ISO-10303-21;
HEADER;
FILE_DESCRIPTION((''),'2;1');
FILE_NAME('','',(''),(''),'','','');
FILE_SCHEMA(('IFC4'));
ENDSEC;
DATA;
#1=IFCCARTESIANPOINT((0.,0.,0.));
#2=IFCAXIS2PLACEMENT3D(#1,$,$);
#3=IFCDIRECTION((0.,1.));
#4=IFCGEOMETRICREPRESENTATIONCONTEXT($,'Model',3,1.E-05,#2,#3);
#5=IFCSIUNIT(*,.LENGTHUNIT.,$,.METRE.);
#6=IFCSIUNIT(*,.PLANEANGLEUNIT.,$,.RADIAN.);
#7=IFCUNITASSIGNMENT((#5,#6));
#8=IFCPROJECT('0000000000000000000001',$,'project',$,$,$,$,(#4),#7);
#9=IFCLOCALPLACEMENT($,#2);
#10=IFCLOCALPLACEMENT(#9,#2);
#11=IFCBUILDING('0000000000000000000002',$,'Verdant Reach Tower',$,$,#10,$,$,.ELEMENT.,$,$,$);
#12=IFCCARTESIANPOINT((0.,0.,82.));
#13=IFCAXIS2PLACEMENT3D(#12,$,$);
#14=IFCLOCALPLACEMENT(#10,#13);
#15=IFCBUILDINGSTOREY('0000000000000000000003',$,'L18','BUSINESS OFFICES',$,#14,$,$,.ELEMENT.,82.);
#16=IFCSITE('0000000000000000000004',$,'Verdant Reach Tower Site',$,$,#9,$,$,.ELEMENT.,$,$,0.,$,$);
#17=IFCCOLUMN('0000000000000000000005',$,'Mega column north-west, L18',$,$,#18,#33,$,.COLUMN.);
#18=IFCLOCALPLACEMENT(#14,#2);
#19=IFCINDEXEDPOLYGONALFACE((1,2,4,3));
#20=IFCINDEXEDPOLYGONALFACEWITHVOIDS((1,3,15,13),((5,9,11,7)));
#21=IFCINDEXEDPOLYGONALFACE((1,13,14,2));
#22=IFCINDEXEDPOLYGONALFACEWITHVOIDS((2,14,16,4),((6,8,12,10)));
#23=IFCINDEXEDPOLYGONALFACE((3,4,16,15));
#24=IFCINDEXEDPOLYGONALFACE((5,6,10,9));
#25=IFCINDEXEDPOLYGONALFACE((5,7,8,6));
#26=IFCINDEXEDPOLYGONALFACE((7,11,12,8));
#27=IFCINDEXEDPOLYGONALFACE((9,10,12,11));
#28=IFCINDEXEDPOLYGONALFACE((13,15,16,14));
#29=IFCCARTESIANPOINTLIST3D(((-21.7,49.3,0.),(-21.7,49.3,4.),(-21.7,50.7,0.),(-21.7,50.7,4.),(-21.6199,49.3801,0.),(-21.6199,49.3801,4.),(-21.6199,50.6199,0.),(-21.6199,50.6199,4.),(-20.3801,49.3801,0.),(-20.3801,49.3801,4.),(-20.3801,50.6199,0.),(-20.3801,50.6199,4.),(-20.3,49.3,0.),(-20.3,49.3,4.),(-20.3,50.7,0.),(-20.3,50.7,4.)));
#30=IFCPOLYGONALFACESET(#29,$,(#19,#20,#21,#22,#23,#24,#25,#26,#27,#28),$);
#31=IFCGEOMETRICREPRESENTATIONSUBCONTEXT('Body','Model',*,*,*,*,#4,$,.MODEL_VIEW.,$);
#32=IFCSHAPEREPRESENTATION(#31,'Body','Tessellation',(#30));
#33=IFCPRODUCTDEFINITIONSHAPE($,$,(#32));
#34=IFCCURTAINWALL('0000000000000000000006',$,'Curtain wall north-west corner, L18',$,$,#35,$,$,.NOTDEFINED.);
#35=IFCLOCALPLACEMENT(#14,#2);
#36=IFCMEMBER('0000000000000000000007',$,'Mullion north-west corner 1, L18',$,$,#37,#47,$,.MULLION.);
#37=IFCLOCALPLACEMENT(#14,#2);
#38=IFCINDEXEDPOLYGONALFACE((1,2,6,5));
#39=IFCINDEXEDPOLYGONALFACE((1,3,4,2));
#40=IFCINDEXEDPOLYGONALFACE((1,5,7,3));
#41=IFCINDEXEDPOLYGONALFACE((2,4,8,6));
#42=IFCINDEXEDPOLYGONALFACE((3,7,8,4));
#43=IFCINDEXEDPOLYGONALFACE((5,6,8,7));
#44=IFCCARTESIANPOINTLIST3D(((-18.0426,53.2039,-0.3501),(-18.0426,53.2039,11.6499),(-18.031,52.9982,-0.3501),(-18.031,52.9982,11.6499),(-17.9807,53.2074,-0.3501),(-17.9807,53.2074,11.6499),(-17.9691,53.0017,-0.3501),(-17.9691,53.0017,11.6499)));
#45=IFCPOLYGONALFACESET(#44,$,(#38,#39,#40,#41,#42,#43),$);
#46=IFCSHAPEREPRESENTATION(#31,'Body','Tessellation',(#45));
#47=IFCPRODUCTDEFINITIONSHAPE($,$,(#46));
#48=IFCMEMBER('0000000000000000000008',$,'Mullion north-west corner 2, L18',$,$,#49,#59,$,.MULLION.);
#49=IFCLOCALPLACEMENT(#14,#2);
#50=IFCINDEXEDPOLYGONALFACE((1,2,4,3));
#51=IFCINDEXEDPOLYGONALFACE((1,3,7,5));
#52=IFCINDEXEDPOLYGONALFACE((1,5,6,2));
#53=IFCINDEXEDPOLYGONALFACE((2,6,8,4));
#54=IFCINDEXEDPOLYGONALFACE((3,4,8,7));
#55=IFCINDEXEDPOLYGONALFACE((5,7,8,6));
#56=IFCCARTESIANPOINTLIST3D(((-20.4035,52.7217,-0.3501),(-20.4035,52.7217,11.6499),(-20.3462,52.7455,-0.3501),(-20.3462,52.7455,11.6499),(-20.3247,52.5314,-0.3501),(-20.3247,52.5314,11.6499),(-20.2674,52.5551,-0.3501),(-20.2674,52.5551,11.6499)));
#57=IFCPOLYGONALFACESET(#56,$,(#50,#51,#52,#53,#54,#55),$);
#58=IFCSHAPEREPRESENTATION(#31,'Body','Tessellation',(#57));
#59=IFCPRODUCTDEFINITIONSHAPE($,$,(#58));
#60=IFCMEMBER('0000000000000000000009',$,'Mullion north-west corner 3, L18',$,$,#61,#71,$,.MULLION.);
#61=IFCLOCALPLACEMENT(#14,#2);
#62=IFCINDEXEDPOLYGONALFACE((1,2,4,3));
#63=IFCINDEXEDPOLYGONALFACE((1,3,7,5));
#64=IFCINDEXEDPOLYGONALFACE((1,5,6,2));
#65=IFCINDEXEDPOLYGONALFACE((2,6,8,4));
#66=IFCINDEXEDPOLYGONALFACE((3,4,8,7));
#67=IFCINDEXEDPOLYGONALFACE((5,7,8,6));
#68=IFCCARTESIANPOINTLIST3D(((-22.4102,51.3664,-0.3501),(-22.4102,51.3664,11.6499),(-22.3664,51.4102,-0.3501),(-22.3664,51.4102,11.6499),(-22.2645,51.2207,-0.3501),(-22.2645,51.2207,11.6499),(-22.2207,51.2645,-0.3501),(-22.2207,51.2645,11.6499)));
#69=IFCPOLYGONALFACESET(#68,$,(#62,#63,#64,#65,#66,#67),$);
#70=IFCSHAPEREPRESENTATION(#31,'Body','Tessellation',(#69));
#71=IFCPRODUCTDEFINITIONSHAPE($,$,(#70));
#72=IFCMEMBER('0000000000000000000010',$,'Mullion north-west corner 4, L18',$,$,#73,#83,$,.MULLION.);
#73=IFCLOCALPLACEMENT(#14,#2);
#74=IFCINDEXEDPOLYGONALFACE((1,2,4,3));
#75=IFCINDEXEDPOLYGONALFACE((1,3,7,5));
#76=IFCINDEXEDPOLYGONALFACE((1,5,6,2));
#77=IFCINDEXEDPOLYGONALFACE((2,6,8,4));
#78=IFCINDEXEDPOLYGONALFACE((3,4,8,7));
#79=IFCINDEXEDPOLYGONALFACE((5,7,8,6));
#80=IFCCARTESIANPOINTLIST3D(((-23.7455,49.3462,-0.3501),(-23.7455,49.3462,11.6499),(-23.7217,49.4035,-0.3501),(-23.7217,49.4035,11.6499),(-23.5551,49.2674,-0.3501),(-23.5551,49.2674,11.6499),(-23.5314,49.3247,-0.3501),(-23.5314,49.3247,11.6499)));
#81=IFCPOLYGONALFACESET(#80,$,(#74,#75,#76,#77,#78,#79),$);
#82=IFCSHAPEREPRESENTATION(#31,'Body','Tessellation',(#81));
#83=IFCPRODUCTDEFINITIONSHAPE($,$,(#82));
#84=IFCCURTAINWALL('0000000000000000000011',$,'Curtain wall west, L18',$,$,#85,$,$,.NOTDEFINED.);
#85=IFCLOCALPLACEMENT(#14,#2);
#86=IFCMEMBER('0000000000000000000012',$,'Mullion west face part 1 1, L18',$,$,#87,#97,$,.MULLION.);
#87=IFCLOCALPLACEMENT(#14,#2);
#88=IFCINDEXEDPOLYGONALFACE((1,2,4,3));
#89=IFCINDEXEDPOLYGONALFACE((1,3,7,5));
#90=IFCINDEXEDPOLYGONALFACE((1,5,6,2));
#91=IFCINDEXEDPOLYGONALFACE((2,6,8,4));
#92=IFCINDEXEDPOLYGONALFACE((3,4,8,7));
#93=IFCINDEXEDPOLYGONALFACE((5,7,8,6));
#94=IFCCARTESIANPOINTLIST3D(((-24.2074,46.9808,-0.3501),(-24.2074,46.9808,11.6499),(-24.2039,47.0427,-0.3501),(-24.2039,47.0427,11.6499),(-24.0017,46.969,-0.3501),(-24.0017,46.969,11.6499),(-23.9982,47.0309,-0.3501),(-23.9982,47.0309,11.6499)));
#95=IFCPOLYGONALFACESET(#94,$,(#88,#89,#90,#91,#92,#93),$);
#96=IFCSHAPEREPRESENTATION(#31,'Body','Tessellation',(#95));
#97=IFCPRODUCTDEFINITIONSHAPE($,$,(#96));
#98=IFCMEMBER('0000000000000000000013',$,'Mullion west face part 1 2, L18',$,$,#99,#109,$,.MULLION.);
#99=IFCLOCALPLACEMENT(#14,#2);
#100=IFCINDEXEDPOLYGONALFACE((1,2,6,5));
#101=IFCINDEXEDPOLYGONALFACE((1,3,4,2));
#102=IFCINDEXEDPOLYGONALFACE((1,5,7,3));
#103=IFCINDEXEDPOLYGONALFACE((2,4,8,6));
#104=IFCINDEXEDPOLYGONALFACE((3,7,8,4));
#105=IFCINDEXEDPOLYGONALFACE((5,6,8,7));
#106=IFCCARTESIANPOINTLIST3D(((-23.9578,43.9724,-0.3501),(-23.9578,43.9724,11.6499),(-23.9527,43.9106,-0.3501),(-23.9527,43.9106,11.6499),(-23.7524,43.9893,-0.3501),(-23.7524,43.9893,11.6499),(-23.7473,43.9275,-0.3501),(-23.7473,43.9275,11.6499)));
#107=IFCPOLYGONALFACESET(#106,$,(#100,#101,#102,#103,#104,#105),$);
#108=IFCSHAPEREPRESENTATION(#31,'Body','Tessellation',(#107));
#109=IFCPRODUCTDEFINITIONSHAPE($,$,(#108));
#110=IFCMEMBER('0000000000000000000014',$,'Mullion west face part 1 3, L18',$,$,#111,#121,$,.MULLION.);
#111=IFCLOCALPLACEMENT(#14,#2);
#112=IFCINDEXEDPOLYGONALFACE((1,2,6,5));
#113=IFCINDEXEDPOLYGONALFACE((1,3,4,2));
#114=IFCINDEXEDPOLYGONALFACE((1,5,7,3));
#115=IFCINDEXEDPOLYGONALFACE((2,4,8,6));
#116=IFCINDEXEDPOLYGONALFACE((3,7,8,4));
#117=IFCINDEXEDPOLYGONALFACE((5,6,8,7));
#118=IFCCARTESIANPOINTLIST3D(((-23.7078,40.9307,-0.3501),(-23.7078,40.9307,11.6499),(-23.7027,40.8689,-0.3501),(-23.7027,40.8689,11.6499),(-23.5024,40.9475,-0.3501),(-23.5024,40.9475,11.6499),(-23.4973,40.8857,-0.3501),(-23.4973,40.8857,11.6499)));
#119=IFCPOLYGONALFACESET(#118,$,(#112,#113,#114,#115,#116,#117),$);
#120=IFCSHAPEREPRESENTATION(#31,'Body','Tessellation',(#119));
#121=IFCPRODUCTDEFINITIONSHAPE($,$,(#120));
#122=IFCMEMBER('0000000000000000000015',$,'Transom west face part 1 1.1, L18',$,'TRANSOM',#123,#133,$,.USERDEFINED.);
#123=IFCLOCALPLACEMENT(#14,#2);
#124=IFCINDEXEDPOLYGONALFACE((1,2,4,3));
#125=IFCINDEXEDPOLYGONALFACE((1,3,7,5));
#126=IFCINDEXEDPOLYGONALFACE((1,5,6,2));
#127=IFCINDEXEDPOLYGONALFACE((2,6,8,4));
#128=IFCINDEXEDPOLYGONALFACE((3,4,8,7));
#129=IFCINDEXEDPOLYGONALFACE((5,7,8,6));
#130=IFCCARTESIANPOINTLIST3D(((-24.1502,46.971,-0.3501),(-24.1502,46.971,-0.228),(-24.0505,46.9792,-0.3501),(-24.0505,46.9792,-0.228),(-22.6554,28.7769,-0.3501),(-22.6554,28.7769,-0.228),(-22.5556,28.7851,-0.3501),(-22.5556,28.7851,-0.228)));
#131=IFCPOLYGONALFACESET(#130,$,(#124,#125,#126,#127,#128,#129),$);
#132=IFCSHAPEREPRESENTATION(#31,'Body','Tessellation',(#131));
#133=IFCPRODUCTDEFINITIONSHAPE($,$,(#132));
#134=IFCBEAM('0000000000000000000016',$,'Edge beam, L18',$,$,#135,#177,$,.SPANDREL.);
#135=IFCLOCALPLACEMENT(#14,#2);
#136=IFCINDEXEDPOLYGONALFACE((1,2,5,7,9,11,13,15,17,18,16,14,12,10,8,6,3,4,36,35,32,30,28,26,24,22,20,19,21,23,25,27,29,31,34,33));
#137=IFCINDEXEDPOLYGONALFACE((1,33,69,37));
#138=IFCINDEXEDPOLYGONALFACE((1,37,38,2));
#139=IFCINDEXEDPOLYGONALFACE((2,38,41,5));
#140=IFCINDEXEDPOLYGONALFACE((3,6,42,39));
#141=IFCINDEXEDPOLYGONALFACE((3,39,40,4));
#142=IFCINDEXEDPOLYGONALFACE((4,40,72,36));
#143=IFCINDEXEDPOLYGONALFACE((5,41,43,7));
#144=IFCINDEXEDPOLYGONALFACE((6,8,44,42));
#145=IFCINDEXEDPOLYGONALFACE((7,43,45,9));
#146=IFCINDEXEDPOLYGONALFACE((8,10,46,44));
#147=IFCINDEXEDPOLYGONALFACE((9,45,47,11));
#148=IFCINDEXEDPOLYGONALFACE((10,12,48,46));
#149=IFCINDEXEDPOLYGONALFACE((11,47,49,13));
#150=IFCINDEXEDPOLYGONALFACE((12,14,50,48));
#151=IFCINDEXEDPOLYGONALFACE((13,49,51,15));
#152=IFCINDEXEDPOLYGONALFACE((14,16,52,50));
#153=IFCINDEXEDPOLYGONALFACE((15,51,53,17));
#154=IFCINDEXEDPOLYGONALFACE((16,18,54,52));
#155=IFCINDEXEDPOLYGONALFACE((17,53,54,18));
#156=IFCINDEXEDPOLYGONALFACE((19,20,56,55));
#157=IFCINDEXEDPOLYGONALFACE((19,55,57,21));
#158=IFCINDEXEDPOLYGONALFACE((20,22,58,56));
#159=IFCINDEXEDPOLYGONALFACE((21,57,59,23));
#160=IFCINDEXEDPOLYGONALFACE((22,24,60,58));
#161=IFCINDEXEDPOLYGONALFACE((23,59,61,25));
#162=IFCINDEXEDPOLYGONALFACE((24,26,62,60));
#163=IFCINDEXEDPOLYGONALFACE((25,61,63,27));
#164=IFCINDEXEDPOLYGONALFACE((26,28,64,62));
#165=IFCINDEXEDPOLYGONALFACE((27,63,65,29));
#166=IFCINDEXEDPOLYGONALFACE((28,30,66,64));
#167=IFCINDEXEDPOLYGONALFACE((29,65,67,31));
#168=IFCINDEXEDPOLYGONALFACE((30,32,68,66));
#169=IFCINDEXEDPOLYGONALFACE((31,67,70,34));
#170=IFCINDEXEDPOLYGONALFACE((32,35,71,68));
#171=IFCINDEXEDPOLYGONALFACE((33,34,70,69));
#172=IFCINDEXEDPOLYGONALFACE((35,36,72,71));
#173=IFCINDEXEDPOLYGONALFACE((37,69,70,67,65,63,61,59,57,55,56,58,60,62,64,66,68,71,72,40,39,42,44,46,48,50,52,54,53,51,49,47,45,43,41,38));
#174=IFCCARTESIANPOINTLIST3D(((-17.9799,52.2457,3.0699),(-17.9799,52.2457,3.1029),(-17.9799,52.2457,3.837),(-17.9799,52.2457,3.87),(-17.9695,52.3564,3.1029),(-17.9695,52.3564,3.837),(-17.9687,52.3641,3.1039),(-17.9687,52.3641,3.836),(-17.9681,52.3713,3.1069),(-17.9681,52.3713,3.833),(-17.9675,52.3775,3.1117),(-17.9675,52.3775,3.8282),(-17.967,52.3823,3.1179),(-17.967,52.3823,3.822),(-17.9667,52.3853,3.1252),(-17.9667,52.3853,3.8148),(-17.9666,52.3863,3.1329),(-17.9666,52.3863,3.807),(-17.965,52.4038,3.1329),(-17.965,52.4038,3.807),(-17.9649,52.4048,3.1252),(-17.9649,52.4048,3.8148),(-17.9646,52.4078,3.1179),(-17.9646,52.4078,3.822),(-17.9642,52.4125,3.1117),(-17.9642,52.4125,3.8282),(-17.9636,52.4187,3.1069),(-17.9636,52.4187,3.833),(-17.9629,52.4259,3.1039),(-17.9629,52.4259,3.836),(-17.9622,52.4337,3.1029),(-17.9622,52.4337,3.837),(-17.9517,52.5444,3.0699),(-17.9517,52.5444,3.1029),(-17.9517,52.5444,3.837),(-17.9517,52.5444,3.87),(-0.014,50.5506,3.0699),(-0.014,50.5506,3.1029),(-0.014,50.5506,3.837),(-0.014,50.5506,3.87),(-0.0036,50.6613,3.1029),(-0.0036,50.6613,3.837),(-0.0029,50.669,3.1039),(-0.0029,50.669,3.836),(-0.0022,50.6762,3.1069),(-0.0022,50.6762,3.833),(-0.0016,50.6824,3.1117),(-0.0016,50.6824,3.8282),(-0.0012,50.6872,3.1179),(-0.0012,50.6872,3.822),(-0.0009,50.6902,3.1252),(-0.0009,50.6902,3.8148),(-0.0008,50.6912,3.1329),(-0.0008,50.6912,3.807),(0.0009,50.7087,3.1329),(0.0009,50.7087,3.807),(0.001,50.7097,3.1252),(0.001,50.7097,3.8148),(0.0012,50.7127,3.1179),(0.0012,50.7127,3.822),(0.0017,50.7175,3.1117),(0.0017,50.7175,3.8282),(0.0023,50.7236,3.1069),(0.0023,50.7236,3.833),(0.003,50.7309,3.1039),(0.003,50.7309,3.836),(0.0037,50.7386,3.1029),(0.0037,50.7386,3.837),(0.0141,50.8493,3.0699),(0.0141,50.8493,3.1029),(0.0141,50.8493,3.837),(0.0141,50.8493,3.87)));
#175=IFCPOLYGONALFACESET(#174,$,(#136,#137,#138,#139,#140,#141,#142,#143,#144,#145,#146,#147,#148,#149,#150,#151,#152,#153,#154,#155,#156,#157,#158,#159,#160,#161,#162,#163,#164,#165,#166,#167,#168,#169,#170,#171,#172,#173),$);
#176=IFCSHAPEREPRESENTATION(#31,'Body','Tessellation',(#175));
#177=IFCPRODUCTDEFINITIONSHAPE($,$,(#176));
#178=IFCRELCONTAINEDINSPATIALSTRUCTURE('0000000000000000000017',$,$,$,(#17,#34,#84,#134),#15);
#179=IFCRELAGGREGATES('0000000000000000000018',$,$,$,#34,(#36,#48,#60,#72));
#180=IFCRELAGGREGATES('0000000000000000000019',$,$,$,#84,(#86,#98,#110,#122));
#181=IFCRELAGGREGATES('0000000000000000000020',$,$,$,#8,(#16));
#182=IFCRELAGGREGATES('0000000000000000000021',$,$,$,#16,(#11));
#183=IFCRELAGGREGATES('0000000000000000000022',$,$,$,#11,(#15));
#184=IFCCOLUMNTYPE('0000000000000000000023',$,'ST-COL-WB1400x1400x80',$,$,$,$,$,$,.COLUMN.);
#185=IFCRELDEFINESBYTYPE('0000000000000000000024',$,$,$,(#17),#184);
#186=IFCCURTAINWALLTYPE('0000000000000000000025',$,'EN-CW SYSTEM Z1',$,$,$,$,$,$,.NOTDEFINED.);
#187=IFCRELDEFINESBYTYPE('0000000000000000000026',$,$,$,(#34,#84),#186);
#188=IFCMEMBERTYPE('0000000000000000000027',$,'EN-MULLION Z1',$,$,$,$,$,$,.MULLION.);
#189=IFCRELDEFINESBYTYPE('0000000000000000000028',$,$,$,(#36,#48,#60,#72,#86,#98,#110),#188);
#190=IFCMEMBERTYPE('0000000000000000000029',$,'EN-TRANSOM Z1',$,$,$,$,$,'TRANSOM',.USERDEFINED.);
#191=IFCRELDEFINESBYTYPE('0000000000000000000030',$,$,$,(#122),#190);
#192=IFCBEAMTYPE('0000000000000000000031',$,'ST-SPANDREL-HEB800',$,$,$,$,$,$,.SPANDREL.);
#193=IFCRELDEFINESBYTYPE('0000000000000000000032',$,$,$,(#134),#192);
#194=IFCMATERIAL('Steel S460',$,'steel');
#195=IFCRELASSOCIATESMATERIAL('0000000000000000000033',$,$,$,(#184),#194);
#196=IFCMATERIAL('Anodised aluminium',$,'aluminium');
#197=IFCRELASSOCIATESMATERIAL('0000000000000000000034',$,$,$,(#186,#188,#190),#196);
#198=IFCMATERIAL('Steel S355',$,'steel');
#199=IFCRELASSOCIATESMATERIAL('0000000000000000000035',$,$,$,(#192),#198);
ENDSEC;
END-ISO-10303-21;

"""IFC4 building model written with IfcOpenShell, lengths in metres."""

from ifc_helpers import new_model, si_unit, direction, frame, origin, origin_2d, place, context, subcontext, project, spatial, rectangle, hollow_rectangle, i_section, extrude, material, material_profile, profile_set, type_object, element, aggregate, save


model = new_model("IFC4")

# Units and contexts
model_context = context("Model", 3, precision=1e-05, world=origin(), true_north=direction((0.0, 1.0)))
body_context = subcontext(model_context, "Body", "Model", "MODEL_VIEW")
ifc_project = project(units=[si_unit("LENGTHUNIT", "METRE"), si_unit("PLANEANGLEUNIT", "RADIAN")], contexts=[model_context])

# Site, building, storey
site_placement = place(None, origin())
site = spatial("IfcSite", under=ifc_project, at=site_placement, Name="Verdant Reach Tower Site", CompositionType="ELEMENT", RefElevation=0.0)
building_placement = place(site_placement, origin())
building = spatial("IfcBuilding", under=site, at=building_placement, Name="Verdant Reach Tower", CompositionType="ELEMENT")
storey_placement = place(building_placement, frame((0.0, 0.0, 82.0)))
storey = spatial("IfcBuildingStorey", under=building, at=storey_placement, Name="L18", Description="BUSINESS OFFICES", CompositionType="ELEMENT", Elevation=82.0)

# Column
ifc_material_1 = material(Name="Steel S460", Category="steel")
ifc_material_profile_1 = material_profile(ifc_material_1, hollow_rectangle(XDim=1.3999, YDim=1.3999, WallThickness=0.0801, at=origin_2d()), Name="WB 1400x1400x80")
ifc_profile_set_1 = profile_set([ifc_material_profile_1], Name="Steel S460")
column_type = type_object("IfcColumnType", Name="ST-COL-WB1400x1400x80", PredefinedType="COLUMN", material=ifc_profile_set_1)
column_placement = place(storey_placement, frame((-21.0, 50.0, 0.0), z_axis=(0.0, 0.0, 1.0), x_axis=(1.0, 0.0, 0.0)))
element("IfcColumn", 1, at=column_placement, inside=storey, type_object=column_type, Name="Mega column north-west, L18", PredefinedType="COLUMN", context=body_context, shape_type="SweptSolid", body=[
    extrude(hollow_rectangle(XDim=1.3999, YDim=1.3999, WallThickness=0.0801, at=origin_2d()), origin(), (0.0, 0.0, 1.0), 4.0),
])

# Curtain walls, members
ifc_material_2 = material(Name="Anodised aluminium", Category="aluminium")
curtain_wall_type = type_object("IfcCurtainWallType", Name="EN-CW SYSTEM Z1", PredefinedType="NOTDEFINED", material=ifc_material_2)
curtain_wall_1_placement = place(storey_placement, origin())
curtain_wall_1 = element("IfcCurtainWall", 2, at=curtain_wall_1_placement, inside=storey, type_object=curtain_wall_type, Name="Curtain wall north-west corner, L18", PredefinedType="NOTDEFINED")
ifc_material_profile_2 = material_profile(ifc_material_2, rectangle(XDim=0.2061, YDim=0.062, at=origin_2d()), Name="Mullion 62x206")
ifc_profile_set_2 = profile_set([ifc_material_profile_2], Name="Anodised aluminium")
member_type_1 = type_object("IfcMemberType", Name="EN-MULLION Z1", PredefinedType="MULLION", material=ifc_profile_set_2)
member_1_placement = place(storey_placement, frame((-18.0059, 53.1028, -0.3501), z_axis=(0.0, 0.0, 1.0), x_axis=(-0.056569, 0.998399, 0.0)))
member_1 = element("IfcMember", 3, at=member_1_placement, type_object=member_type_1, Name="Mullion north-west corner 1, L18", PredefinedType="MULLION", context=body_context, shape_type="SweptSolid", body=[
    extrude(rectangle(XDim=0.2061, YDim=0.062, at=origin_2d()), origin(), (0.0, 0.0, 1.0), 12.0),
])
member_2_placement = place(storey_placement, frame((-20.3354, 52.6384, -0.3501), z_axis=(0.0, 0.0, 1.0), x_axis=(-0.382694, 0.923875, 0.0)))
member_2 = element("IfcMember", 4, at=member_2_placement, type_object=member_type_1, Name="Mullion north-west corner 2, L18", PredefinedType="MULLION", context=body_context, shape_type="SweptSolid", body=[
    extrude(rectangle(XDim=0.2061, YDim=0.062, at=origin_2d()), origin(), (0.0, 0.0, 1.0), 12.0),
])
member_3_placement = place(storey_placement, frame((-22.3154, 51.3154, -0.3501), z_axis=(0.0, 0.0, 1.0), x_axis=(-0.707107, 0.707107, 0.0)))
member_3 = element("IfcMember", 5, at=member_3_placement, type_object=member_type_1, Name="Mullion north-west corner 3, L18", PredefinedType="MULLION", context=body_context, shape_type="SweptSolid", body=[
    extrude(rectangle(XDim=0.2061, YDim=0.062, at=origin_2d()), origin(), (0.0, 0.0, 1.0), 12.0),
])
member_4_placement = place(storey_placement, frame((-23.6384, 49.3354, -0.3501), z_axis=(0.0, 0.0, 1.0), x_axis=(-0.923875, 0.382694, 0.0)))
member_4 = element("IfcMember", 6, at=member_4_placement, type_object=member_type_1, Name="Mullion north-west corner 4, L18", PredefinedType="MULLION", context=body_context, shape_type="SweptSolid", body=[
    extrude(rectangle(XDim=0.2061, YDim=0.062, at=origin_2d()), origin(), (0.0, 0.0, 1.0), 12.0),
])
curtain_wall_2_placement = place(storey_placement, origin())
curtain_wall_2 = element("IfcCurtainWall", 7, at=curtain_wall_2_placement, inside=storey, type_object=curtain_wall_type, Name="Curtain wall west, L18", PredefinedType="NOTDEFINED")
member_5_placement = place(storey_placement, frame((-24.1028, 47.0059, -0.3501), z_axis=(0.0, 0.0, 1.0), x_axis=(-0.998366, 0.057135, 0.0)))
member_5 = element("IfcMember", 8, at=member_5_placement, type_object=member_type_1, Name="Mullion west face part 1 1, L18", PredefinedType="MULLION", context=body_context, shape_type="SweptSolid", body=[
    extrude(rectangle(XDim=0.2061, YDim=0.062, at=origin_2d()), origin(), (0.0, 0.0, 1.0), 12.0),
])
member_6_placement = place(storey_placement, frame((-23.8525, 43.95, -0.3501), z_axis=(0.0, 0.0, 1.0), x_axis=(-0.996639, -0.081916, 0.0)))
member_6 = element("IfcMember", 9, at=member_6_placement, type_object=member_type_1, Name="Mullion west face part 1 2, L18", PredefinedType="MULLION", context=body_context, shape_type="SweptSolid", body=[
    extrude(rectangle(XDim=0.2061, YDim=0.062, at=origin_2d()), origin(), (0.0, 0.0, 1.0), 12.0),
])
member_7_placement = place(storey_placement, frame((-23.6025, 40.9082, -0.3501), z_axis=(0.0, 0.0, 1.0), x_axis=(-0.996639, -0.081916, 0.0)))
member_7 = element("IfcMember", 10, at=member_7_placement, type_object=member_type_1, Name="Mullion west face part 1 3, L18", PredefinedType="MULLION", context=body_context, shape_type="SweptSolid", body=[
    extrude(rectangle(XDim=0.2061, YDim=0.062, at=origin_2d()), origin(), (0.0, 0.0, 1.0), 12.0),
])
ifc_material_profile_3 = material_profile(ifc_material_2, rectangle(XDim=0.1001, YDim=0.1221, at=origin_2d()), Name="Transom 122x100")
ifc_profile_set_3 = profile_set([ifc_material_profile_3], Name="Anodised aluminium")
member_type_2 = type_object("IfcMemberType", Name="EN-TRANSOM Z1", ElementType="TRANSOM", PredefinedType="USERDEFINED", material=ifc_profile_set_3)
member_8_placement = place(storey_placement, frame((-24.1003, 46.9751, -0.2891), z_axis=(0.081887, -0.996642, 0.0), x_axis=(0.996642, 0.081887, 0.0)))
member_8 = element("IfcMember", 11, at=member_8_placement, type_object=member_type_2, Name="Transom west face part 1 1.1, L18", ObjectType="TRANSOM", PredefinedType="USERDEFINED", context=body_context, shape_type="SweptSolid", body=[
    extrude(rectangle(XDim=0.1001, YDim=0.1221, at=origin_2d()), origin(), (0.0, 0.0, 1.0), 18.2554),
])

# Beam
ifc_material_3 = material(Name="Steel S355", Category="steel")
ifc_material_profile_4 = material_profile(ifc_material_3, i_section(OverallWidth=0.3, OverallDepth=0.8, WebThickness=0.0176, FlangeThickness=0.033, FilletRadius=0.03, at=origin_2d()), Name="HEB 800")
ifc_profile_set_4 = profile_set([ifc_material_profile_4], Name="Steel S355")
beam_type_1 = type_object("IfcBeamType", Name="ST-SPANDREL-HEB800", PredefinedType="SPANDREL", material=ifc_profile_set_4)
beam_1_placement = place(storey_placement, frame((-17.9658, 52.395, 3.47), z_axis=(0.995579, -0.093932, 0.0), x_axis=(0.093932, 0.995579, 0.0)))
element("IfcBeam", 12, at=beam_1_placement, inside=storey, type_object=beam_type_1, Name="Edge beam, L18", PredefinedType="SPANDREL", context=body_context, shape_type="SweptSolid", body=[
    extrude(i_section(OverallWidth=0.3, OverallDepth=0.8, WebThickness=0.0176, FlangeThickness=0.033, FilletRadius=0.03, at=origin_2d()), origin(), (0.0, 0.0, 1.0), 18.0457),
])

aggregate(curtain_wall_1, [member_1, member_2, member_3, member_4])
aggregate(curtain_wall_2, [member_5, member_6, member_7, member_8])

save(model, "model.ifc")
